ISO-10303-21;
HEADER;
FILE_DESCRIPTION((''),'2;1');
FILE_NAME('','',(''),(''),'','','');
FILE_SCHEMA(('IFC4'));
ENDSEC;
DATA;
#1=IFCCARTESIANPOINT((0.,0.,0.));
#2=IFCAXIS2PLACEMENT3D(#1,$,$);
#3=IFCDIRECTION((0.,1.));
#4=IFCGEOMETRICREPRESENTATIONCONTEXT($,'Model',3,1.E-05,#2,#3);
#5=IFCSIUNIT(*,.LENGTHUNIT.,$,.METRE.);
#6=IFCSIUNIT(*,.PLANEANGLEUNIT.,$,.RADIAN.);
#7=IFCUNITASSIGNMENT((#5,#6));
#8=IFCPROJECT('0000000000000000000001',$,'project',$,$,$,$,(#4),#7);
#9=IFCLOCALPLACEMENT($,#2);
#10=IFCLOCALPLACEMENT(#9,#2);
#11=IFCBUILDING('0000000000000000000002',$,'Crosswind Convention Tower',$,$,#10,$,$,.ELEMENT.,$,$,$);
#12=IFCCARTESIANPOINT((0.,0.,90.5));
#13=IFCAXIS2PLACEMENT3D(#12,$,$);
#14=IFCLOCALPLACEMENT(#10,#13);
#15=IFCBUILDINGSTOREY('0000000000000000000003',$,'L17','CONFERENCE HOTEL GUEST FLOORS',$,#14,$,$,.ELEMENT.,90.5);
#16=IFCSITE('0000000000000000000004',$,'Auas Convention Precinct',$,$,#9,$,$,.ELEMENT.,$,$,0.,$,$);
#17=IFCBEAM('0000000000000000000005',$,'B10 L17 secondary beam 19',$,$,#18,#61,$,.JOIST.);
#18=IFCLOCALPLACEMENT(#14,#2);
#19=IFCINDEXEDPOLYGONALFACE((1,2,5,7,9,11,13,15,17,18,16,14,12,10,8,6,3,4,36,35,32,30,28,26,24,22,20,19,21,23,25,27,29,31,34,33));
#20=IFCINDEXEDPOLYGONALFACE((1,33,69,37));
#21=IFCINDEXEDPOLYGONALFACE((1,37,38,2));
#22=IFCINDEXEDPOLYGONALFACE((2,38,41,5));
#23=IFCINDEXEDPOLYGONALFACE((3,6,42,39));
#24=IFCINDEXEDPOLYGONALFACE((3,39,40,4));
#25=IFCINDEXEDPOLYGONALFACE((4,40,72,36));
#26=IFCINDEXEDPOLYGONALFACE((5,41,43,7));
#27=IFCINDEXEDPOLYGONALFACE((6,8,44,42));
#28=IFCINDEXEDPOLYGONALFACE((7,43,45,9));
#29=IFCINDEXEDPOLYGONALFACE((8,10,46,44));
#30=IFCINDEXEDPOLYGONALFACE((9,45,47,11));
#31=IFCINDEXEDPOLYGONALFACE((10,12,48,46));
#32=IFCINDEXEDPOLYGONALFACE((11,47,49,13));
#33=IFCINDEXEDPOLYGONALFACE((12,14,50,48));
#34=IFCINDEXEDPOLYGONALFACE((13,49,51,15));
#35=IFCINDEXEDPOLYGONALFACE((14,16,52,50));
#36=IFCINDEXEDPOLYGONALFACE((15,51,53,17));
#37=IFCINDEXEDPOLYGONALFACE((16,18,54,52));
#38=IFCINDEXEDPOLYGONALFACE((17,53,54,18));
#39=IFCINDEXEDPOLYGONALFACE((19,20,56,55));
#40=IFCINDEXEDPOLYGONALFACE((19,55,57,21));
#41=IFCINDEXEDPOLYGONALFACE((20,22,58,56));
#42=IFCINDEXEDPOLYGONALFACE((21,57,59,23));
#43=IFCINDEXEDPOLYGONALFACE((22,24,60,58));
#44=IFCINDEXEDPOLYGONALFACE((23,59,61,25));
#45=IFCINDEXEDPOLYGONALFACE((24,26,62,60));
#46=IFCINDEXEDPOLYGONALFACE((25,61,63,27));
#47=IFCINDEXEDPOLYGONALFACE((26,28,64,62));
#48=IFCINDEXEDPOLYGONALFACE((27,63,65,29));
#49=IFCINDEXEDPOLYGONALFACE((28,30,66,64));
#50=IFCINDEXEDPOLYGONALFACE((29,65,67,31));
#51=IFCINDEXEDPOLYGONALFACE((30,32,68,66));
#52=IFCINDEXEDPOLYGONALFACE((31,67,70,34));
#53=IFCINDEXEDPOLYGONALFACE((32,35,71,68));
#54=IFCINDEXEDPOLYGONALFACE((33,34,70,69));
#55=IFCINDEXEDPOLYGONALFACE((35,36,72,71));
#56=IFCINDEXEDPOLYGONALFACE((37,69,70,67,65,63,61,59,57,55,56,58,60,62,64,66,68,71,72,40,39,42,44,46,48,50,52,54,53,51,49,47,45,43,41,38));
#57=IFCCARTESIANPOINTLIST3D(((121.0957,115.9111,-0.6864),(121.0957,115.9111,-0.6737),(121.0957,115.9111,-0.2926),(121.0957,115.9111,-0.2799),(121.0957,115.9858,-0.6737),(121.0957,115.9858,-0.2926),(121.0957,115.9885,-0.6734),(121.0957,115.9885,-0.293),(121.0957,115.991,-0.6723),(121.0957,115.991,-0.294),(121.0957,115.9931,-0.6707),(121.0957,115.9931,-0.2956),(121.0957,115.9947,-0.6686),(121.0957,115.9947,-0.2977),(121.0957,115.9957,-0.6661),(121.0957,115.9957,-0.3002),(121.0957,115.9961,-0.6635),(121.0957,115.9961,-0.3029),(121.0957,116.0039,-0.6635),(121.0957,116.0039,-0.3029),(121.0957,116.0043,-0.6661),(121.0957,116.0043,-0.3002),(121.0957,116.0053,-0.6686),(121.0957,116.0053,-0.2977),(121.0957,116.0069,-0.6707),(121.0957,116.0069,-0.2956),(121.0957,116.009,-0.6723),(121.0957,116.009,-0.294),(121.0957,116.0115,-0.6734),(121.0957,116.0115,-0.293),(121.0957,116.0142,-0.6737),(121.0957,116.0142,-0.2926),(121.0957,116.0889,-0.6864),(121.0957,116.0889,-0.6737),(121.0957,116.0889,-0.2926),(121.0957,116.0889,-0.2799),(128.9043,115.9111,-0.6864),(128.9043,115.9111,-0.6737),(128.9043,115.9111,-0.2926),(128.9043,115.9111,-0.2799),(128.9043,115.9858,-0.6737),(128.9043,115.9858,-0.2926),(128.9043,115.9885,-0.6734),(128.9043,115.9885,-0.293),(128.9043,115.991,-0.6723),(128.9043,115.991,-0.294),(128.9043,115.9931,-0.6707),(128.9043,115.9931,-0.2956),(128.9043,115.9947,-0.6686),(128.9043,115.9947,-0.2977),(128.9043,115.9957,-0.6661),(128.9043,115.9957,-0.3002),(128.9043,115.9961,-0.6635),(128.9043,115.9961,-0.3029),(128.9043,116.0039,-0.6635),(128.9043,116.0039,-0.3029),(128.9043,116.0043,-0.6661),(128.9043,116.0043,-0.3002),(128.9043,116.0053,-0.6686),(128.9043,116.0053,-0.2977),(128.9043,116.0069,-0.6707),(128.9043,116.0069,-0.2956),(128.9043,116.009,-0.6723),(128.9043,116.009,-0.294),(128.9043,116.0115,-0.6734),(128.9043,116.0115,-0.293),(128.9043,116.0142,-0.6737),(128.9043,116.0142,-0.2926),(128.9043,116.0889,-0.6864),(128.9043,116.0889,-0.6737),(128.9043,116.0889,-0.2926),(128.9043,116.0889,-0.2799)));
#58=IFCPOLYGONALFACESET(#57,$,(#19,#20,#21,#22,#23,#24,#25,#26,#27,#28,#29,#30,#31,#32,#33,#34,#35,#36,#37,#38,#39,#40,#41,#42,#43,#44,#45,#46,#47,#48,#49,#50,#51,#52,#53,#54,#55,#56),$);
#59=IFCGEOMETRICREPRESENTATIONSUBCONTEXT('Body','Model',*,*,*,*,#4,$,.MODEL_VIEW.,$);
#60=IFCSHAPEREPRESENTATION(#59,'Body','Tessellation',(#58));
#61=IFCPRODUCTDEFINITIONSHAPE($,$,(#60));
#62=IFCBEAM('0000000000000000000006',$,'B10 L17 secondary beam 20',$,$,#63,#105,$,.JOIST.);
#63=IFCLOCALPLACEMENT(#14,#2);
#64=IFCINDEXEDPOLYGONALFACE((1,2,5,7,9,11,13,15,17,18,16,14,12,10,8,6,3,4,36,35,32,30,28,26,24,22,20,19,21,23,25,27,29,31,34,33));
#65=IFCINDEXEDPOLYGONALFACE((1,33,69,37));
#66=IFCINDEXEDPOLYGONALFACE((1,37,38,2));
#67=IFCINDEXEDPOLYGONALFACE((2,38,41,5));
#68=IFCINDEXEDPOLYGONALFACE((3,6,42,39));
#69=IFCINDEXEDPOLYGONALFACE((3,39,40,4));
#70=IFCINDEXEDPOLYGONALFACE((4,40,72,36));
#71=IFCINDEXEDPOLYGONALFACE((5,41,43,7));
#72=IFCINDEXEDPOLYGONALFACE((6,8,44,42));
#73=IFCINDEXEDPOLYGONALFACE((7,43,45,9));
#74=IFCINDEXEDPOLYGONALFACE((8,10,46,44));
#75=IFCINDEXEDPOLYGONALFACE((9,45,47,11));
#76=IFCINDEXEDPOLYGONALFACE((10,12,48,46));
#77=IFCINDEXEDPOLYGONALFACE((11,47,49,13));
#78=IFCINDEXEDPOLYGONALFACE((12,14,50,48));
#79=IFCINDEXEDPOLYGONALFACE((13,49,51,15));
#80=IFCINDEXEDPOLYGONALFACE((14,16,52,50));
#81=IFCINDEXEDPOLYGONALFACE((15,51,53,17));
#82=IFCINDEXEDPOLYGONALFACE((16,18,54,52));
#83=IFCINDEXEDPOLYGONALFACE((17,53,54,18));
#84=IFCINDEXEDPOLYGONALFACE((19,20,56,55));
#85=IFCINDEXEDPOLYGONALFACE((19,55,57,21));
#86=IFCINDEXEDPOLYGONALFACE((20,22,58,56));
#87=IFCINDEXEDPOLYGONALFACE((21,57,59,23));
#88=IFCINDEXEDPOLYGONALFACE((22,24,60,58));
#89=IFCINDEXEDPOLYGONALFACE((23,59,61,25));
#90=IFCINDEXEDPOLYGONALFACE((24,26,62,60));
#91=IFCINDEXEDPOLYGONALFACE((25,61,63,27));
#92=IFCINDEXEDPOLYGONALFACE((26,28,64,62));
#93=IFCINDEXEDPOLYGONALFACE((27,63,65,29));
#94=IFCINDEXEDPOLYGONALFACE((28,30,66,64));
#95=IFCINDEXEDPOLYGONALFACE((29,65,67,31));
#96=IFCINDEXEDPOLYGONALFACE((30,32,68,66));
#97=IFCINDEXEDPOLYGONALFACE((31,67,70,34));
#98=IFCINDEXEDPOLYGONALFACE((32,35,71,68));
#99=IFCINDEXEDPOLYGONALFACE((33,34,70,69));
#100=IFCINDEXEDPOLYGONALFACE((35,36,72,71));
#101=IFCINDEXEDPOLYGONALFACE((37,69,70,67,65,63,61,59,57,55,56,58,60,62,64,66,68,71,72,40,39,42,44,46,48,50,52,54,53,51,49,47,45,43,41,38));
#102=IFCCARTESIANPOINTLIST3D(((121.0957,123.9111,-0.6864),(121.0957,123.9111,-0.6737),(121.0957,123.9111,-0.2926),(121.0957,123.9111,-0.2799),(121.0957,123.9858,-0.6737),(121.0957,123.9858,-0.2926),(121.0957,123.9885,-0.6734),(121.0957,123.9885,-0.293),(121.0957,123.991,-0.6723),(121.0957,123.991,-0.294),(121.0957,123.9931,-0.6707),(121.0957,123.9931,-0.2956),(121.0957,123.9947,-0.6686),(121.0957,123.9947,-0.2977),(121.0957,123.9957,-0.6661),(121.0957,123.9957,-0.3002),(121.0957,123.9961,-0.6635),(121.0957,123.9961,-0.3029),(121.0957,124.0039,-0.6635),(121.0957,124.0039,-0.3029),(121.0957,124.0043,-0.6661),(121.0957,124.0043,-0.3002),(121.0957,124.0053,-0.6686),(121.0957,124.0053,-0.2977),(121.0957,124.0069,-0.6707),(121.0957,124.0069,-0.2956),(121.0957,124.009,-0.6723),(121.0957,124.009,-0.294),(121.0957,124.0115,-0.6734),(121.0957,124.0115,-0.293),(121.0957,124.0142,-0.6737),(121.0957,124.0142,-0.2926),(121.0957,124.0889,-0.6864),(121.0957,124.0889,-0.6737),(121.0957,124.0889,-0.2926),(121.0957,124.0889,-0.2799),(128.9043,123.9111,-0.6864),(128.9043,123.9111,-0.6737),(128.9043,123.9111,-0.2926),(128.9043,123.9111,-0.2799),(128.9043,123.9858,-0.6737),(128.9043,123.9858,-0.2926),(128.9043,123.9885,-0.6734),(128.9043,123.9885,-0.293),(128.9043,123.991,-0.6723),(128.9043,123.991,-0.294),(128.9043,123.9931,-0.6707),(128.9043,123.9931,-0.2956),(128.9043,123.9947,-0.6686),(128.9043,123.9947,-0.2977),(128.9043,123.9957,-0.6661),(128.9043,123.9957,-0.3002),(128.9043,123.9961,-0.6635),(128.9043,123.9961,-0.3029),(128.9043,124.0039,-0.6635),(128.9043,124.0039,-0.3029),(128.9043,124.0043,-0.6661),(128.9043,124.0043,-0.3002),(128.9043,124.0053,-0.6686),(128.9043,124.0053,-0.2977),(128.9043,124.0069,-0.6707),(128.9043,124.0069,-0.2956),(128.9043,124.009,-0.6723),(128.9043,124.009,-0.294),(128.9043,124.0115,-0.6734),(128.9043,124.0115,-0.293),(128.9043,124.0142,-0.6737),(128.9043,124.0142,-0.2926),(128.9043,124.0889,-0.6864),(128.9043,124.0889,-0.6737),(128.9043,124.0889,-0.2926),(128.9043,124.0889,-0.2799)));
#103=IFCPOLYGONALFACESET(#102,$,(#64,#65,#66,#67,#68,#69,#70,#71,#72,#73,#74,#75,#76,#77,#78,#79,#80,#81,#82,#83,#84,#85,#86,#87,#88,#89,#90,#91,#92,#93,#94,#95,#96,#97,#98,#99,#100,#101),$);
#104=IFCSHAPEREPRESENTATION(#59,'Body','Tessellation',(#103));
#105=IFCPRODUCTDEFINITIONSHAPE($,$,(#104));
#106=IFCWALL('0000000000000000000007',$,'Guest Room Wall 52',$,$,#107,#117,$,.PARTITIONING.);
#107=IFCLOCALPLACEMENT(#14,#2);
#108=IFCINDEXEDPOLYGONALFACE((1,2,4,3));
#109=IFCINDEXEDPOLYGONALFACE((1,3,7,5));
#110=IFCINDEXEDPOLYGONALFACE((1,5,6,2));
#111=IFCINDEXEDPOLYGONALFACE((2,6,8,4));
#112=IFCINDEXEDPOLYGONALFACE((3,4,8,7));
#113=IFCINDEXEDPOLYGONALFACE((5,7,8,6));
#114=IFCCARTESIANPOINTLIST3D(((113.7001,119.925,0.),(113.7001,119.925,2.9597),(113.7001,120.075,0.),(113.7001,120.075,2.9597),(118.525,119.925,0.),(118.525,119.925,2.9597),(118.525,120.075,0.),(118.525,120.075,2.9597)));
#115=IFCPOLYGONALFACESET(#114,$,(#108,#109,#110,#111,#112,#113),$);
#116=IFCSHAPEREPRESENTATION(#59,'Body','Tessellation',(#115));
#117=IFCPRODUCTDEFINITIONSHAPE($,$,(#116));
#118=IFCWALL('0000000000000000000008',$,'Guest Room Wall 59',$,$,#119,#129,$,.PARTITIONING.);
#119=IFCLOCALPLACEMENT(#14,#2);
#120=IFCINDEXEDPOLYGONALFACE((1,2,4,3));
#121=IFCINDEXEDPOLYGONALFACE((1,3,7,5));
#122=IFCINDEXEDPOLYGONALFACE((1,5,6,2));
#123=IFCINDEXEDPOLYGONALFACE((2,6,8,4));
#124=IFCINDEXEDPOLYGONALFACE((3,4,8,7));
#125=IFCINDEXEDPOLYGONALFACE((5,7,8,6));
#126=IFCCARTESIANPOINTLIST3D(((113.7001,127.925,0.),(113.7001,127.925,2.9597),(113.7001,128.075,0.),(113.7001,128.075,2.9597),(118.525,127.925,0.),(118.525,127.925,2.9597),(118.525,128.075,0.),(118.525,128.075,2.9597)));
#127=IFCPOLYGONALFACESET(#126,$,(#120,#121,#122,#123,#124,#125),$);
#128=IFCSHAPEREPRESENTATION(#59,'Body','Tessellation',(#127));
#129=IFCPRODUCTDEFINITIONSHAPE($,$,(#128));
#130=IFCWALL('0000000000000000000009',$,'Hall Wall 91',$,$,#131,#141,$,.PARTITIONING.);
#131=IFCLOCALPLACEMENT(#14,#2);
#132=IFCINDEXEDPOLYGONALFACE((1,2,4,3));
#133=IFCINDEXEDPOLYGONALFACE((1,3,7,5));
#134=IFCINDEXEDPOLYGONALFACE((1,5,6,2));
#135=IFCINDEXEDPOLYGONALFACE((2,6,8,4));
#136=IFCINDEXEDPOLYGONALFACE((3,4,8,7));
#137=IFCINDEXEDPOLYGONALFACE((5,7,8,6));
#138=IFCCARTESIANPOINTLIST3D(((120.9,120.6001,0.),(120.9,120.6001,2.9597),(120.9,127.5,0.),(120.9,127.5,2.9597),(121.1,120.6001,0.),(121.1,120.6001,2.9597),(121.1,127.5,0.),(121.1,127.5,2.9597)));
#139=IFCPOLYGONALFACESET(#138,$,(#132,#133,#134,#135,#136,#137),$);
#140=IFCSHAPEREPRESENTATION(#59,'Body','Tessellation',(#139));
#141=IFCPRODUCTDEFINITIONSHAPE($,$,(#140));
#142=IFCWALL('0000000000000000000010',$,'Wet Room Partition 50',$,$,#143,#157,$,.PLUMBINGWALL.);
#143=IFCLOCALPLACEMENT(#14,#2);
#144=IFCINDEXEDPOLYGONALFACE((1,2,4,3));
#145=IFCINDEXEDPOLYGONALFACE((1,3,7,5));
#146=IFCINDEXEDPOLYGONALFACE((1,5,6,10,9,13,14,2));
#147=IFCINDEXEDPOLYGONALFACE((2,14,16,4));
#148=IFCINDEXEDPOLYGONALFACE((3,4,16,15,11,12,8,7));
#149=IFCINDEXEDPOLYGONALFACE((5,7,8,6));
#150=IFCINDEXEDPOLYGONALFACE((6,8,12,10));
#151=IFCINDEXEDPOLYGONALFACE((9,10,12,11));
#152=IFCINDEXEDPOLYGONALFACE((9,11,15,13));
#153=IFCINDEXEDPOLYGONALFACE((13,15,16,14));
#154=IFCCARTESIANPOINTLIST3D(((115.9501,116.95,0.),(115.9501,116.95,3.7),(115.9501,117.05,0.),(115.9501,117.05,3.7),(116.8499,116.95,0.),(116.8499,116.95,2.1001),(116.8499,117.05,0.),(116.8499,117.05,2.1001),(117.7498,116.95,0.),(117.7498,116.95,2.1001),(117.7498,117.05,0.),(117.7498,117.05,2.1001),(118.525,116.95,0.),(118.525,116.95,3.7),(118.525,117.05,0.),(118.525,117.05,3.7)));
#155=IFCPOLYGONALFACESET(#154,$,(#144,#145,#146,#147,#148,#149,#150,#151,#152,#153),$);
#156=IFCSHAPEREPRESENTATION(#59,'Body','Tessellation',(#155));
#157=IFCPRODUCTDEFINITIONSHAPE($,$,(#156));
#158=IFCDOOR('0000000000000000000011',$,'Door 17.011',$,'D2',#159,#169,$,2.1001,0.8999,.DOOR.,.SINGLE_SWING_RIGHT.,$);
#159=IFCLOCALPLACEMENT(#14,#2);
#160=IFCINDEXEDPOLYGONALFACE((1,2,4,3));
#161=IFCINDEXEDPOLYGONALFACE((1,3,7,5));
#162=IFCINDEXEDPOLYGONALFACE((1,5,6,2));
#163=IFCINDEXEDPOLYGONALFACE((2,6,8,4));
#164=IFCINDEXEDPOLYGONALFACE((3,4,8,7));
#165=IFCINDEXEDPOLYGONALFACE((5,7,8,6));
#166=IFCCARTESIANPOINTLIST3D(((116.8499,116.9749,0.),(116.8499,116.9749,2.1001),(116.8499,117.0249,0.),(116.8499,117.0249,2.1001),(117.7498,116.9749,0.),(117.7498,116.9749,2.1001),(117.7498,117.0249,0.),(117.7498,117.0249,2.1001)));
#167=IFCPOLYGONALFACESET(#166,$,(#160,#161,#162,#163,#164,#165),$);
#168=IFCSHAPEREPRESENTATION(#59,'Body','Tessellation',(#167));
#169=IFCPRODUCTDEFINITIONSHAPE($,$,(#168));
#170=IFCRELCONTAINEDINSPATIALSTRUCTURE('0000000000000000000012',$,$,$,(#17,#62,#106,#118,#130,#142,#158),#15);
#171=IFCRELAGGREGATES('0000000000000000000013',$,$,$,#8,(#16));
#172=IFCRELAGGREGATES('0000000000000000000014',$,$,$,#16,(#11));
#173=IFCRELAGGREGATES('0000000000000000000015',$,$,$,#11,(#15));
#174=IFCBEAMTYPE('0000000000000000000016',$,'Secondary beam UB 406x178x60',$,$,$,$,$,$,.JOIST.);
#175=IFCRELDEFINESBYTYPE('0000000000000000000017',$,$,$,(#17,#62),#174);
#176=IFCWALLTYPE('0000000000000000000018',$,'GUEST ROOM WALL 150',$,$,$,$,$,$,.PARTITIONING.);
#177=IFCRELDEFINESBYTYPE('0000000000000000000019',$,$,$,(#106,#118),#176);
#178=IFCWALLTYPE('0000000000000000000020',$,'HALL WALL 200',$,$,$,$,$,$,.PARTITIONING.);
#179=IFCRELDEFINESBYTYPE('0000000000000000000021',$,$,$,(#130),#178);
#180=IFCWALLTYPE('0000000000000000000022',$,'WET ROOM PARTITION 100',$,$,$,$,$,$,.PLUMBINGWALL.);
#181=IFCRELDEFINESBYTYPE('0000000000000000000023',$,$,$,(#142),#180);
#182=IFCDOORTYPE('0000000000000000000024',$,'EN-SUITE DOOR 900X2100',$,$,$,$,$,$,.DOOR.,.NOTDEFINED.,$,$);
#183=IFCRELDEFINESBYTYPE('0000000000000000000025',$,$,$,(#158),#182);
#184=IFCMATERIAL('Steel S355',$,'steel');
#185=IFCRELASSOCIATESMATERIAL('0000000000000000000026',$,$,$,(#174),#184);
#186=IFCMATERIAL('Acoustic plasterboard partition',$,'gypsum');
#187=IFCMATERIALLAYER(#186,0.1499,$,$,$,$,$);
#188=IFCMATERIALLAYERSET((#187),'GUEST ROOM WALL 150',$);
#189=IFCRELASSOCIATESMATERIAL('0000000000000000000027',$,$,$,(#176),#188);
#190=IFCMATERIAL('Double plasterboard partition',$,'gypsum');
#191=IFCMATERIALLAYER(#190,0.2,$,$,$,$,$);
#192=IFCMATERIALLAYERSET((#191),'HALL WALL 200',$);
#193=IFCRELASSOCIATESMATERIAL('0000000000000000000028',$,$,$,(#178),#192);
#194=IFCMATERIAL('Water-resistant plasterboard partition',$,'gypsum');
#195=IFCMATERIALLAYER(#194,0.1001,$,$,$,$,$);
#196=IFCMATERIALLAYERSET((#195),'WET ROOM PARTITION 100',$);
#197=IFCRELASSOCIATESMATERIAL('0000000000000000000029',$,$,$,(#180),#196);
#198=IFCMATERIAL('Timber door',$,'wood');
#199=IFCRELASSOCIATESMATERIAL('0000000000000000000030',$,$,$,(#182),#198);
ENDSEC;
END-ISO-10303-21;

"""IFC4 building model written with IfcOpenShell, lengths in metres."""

from ifc_helpers import new_model, si_unit, direction, frame, frame_2d, origin, origin_2d, place, context, subcontext, project, spatial, rectangle, i_section, extrude, material, layer, layer_set, material_profile, profile_set, type_object, element, fill, save


model = new_model("IFC4")

# Units and contexts
model_context = context("Model", 3, precision=1e-05, world=origin(), true_north=direction((0.0, 1.0)))
body_context = subcontext(model_context, "Body", "Model", "MODEL_VIEW")
ifc_project = project(units=[si_unit("LENGTHUNIT", "METRE"), si_unit("PLANEANGLEUNIT", "RADIAN")], contexts=[model_context])

# Site, building, storey
site_placement = place(None, origin())
site = spatial("IfcSite", under=ifc_project, at=site_placement, Name="Auas Convention Precinct", CompositionType="ELEMENT", RefElevation=0.0)
building_placement = place(site_placement, origin())
building = spatial("IfcBuilding", under=site, at=building_placement, Name="Crosswind Convention Tower", CompositionType="ELEMENT")
storey_placement = place(building_placement, frame((0.0, 0.0, 90.5)))
storey = spatial("IfcBuildingStorey", under=building, at=storey_placement, Name="L17", Description="CONFERENCE HOTEL GUEST FLOORS", CompositionType="ELEMENT", Elevation=90.5)

# Beams
ifc_material_1 = material(Name="Steel S355", Category="steel")
ifc_material_profile_1 = material_profile(ifc_material_1, i_section(OverallWidth=0.1777, OverallDepth=0.4065, WebThickness=0.0078, FlangeThickness=0.0127, FilletRadius=0.0103, at=origin_2d()), Name="UB 406x178x60")
ifc_profile_set_1 = profile_set([ifc_material_profile_1], Name="Steel S355")
beam_type_1 = type_object("IfcBeamType", Name="Secondary beam UB 406x178x60", PredefinedType="JOIST", material=ifc_profile_set_1)
for number, where, z_axis, x_axis, name in (
    (1, (121.0957, 116.0, -0.4832), (1.0, 0.0, 0.0), (0.0, 1.0, 0.0), "B10 L17 secondary beam 19"),
    (2, (121.0957, 124.0, -0.4832), (1.0, 0.0, 0.0), (0.0, 1.0, 0.0), "B10 L17 secondary beam 20"),
):
    element("IfcBeam", number, at=place(storey_placement, frame(where, z_axis=z_axis, x_axis=x_axis)), inside=storey, type_object=beam_type_1, Name=name, PredefinedType="JOIST", context=body_context, shape_type="SweptSolid", body=[
        extrude(i_section(OverallWidth=0.1777, OverallDepth=0.4065, WebThickness=0.0078, FlangeThickness=0.0127, FilletRadius=0.0103, at=origin_2d()), origin(), (0.0, 0.0, 1.0), 7.8086),
    ])

# Walls
ifc_material_2 = material(Name="Acoustic plasterboard partition", Category="gypsum")
ifc_layer_1 = layer(ifc_material_2, 0.1499)
ifc_layer_set_1 = layer_set([ifc_layer_1], Name="GUEST ROOM WALL 150")
wall_type_1 = type_object("IfcWallType", Name="GUEST ROOM WALL 150", PredefinedType="PARTITIONING", material=ifc_layer_set_1)
for number, where, z_axis, x_axis, name in (
    (3, (113.7, 120.0, 0.0), (0.0, 0.0, 1.0), (1.0, 0.0, 0.0), "Guest Room Wall 52"),
    (4, (113.7, 128.0, 0.0), (0.0, 0.0, 1.0), (1.0, 0.0, 0.0), "Guest Room Wall 59"),
):
    element("IfcWall", number, at=place(storey_placement, frame(where, z_axis=z_axis, x_axis=x_axis)), inside=storey, type_object=wall_type_1, Name=name, PredefinedType="PARTITIONING", context=body_context, shape_type="SweptSolid", body=[
        extrude(rectangle(XDim=4.825, YDim=0.1499, at=frame_2d((2.4126, 0.0))), origin(), (0.0, 0.0, 1.0), 2.9597),
    ])
ifc_material_3 = material(Name="Double plasterboard partition", Category="gypsum")
ifc_layer_2 = layer(ifc_material_3, 0.2)
ifc_layer_set_2 = layer_set([ifc_layer_2], Name="HALL WALL 200")
wall_type_2 = type_object("IfcWallType", Name="HALL WALL 200", PredefinedType="PARTITIONING", material=ifc_layer_set_2)
wall_1_placement = place(storey_placement, frame((121.0, 120.6001, 0.0), z_axis=(0.0, 0.0, 1.0), x_axis=(0.0, 1.0, 0.0)))
element("IfcWall", 5, at=wall_1_placement, inside=storey, type_object=wall_type_2, Name="Hall Wall 91", PredefinedType="PARTITIONING", context=body_context, shape_type="SweptSolid", body=[
    extrude(rectangle(XDim=6.8999, YDim=0.2, at=frame_2d((3.45, 0.0))), origin(), (0.0, 0.0, 1.0), 2.9597),
])

# Wall, opening, door
ifc_material_4 = material(Name="Water-resistant plasterboard partition", Category="gypsum")
ifc_layer_3 = layer(ifc_material_4, 0.1001)
ifc_layer_set_3 = layer_set([ifc_layer_3], Name="WET ROOM PARTITION 100")
wall_type_3 = type_object("IfcWallType", Name="WET ROOM PARTITION 100", PredefinedType="PLUMBINGWALL", material=ifc_layer_set_3)
wall_2_placement = place(storey_placement, frame((115.95, 117.0, 0.0), z_axis=(0.0, 0.0, 1.0), x_axis=(1.0, 0.0, 0.0)))
wall_2 = element("IfcWall", 6, at=wall_2_placement, inside=storey, type_object=wall_type_3, Name="Wet Room Partition 50", PredefinedType="PLUMBINGWALL", context=body_context, shape_type="SweptSolid", body=[
    extrude(rectangle(XDim=2.575, YDim=0.1001, at=frame_2d((1.2876, 0.0))), origin(), (0.0, 0.0, 1.0), 3.7),
])
opening_1_placement = place(wall_2_placement, frame((0.8999, 0.0, 0.0)))
opening_1 = element("IfcOpeningElement", 7, at=opening_1_placement, cuts=wall_2, PredefinedType="OPENING", context=body_context, shape_type="SweptSolid", body=[
    extrude(rectangle(XDim=0.8999, YDim=2.1001, at=frame_2d((0.45, 1.05))), frame((0.0, 0.0601, 0.0), z_axis=(0.0, -1.0, 0.0), x_axis=(1.0, 0.0, 0.0)), (0.0, 0.0, 1.0), 0.1201),
])
ifc_material_5 = material(Name="Timber door", Category="wood")
door_type = type_object("IfcDoorType", Name="EN-SUITE DOOR 900X2100", OperationType="NOTDEFINED", PredefinedType="DOOR", material=ifc_material_5)
door_1_placement = place(opening_1_placement, origin())
door_1 = element("IfcDoor", 8, at=door_1_placement, inside=storey, type_object=door_type, Name="Door 17.011", ObjectType="D2", OperationType="SINGLE_SWING_RIGHT", OverallHeight=2.1001, OverallWidth=0.8999, PredefinedType="DOOR", context=body_context, shape_type="SweptSolid", body=[
    extrude(rectangle(XDim=0.8999, YDim=2.1001, at=frame_2d((0.45, 1.05))), frame((0.0, 0.0249, 0.0), z_axis=(0.0, -1.0, 0.0), x_axis=(1.0, 0.0, 0.0)), (0.0, 0.0, 1.0), 0.05),
])
fill(opening_1, door_1)

save(model, "model.ifc")
